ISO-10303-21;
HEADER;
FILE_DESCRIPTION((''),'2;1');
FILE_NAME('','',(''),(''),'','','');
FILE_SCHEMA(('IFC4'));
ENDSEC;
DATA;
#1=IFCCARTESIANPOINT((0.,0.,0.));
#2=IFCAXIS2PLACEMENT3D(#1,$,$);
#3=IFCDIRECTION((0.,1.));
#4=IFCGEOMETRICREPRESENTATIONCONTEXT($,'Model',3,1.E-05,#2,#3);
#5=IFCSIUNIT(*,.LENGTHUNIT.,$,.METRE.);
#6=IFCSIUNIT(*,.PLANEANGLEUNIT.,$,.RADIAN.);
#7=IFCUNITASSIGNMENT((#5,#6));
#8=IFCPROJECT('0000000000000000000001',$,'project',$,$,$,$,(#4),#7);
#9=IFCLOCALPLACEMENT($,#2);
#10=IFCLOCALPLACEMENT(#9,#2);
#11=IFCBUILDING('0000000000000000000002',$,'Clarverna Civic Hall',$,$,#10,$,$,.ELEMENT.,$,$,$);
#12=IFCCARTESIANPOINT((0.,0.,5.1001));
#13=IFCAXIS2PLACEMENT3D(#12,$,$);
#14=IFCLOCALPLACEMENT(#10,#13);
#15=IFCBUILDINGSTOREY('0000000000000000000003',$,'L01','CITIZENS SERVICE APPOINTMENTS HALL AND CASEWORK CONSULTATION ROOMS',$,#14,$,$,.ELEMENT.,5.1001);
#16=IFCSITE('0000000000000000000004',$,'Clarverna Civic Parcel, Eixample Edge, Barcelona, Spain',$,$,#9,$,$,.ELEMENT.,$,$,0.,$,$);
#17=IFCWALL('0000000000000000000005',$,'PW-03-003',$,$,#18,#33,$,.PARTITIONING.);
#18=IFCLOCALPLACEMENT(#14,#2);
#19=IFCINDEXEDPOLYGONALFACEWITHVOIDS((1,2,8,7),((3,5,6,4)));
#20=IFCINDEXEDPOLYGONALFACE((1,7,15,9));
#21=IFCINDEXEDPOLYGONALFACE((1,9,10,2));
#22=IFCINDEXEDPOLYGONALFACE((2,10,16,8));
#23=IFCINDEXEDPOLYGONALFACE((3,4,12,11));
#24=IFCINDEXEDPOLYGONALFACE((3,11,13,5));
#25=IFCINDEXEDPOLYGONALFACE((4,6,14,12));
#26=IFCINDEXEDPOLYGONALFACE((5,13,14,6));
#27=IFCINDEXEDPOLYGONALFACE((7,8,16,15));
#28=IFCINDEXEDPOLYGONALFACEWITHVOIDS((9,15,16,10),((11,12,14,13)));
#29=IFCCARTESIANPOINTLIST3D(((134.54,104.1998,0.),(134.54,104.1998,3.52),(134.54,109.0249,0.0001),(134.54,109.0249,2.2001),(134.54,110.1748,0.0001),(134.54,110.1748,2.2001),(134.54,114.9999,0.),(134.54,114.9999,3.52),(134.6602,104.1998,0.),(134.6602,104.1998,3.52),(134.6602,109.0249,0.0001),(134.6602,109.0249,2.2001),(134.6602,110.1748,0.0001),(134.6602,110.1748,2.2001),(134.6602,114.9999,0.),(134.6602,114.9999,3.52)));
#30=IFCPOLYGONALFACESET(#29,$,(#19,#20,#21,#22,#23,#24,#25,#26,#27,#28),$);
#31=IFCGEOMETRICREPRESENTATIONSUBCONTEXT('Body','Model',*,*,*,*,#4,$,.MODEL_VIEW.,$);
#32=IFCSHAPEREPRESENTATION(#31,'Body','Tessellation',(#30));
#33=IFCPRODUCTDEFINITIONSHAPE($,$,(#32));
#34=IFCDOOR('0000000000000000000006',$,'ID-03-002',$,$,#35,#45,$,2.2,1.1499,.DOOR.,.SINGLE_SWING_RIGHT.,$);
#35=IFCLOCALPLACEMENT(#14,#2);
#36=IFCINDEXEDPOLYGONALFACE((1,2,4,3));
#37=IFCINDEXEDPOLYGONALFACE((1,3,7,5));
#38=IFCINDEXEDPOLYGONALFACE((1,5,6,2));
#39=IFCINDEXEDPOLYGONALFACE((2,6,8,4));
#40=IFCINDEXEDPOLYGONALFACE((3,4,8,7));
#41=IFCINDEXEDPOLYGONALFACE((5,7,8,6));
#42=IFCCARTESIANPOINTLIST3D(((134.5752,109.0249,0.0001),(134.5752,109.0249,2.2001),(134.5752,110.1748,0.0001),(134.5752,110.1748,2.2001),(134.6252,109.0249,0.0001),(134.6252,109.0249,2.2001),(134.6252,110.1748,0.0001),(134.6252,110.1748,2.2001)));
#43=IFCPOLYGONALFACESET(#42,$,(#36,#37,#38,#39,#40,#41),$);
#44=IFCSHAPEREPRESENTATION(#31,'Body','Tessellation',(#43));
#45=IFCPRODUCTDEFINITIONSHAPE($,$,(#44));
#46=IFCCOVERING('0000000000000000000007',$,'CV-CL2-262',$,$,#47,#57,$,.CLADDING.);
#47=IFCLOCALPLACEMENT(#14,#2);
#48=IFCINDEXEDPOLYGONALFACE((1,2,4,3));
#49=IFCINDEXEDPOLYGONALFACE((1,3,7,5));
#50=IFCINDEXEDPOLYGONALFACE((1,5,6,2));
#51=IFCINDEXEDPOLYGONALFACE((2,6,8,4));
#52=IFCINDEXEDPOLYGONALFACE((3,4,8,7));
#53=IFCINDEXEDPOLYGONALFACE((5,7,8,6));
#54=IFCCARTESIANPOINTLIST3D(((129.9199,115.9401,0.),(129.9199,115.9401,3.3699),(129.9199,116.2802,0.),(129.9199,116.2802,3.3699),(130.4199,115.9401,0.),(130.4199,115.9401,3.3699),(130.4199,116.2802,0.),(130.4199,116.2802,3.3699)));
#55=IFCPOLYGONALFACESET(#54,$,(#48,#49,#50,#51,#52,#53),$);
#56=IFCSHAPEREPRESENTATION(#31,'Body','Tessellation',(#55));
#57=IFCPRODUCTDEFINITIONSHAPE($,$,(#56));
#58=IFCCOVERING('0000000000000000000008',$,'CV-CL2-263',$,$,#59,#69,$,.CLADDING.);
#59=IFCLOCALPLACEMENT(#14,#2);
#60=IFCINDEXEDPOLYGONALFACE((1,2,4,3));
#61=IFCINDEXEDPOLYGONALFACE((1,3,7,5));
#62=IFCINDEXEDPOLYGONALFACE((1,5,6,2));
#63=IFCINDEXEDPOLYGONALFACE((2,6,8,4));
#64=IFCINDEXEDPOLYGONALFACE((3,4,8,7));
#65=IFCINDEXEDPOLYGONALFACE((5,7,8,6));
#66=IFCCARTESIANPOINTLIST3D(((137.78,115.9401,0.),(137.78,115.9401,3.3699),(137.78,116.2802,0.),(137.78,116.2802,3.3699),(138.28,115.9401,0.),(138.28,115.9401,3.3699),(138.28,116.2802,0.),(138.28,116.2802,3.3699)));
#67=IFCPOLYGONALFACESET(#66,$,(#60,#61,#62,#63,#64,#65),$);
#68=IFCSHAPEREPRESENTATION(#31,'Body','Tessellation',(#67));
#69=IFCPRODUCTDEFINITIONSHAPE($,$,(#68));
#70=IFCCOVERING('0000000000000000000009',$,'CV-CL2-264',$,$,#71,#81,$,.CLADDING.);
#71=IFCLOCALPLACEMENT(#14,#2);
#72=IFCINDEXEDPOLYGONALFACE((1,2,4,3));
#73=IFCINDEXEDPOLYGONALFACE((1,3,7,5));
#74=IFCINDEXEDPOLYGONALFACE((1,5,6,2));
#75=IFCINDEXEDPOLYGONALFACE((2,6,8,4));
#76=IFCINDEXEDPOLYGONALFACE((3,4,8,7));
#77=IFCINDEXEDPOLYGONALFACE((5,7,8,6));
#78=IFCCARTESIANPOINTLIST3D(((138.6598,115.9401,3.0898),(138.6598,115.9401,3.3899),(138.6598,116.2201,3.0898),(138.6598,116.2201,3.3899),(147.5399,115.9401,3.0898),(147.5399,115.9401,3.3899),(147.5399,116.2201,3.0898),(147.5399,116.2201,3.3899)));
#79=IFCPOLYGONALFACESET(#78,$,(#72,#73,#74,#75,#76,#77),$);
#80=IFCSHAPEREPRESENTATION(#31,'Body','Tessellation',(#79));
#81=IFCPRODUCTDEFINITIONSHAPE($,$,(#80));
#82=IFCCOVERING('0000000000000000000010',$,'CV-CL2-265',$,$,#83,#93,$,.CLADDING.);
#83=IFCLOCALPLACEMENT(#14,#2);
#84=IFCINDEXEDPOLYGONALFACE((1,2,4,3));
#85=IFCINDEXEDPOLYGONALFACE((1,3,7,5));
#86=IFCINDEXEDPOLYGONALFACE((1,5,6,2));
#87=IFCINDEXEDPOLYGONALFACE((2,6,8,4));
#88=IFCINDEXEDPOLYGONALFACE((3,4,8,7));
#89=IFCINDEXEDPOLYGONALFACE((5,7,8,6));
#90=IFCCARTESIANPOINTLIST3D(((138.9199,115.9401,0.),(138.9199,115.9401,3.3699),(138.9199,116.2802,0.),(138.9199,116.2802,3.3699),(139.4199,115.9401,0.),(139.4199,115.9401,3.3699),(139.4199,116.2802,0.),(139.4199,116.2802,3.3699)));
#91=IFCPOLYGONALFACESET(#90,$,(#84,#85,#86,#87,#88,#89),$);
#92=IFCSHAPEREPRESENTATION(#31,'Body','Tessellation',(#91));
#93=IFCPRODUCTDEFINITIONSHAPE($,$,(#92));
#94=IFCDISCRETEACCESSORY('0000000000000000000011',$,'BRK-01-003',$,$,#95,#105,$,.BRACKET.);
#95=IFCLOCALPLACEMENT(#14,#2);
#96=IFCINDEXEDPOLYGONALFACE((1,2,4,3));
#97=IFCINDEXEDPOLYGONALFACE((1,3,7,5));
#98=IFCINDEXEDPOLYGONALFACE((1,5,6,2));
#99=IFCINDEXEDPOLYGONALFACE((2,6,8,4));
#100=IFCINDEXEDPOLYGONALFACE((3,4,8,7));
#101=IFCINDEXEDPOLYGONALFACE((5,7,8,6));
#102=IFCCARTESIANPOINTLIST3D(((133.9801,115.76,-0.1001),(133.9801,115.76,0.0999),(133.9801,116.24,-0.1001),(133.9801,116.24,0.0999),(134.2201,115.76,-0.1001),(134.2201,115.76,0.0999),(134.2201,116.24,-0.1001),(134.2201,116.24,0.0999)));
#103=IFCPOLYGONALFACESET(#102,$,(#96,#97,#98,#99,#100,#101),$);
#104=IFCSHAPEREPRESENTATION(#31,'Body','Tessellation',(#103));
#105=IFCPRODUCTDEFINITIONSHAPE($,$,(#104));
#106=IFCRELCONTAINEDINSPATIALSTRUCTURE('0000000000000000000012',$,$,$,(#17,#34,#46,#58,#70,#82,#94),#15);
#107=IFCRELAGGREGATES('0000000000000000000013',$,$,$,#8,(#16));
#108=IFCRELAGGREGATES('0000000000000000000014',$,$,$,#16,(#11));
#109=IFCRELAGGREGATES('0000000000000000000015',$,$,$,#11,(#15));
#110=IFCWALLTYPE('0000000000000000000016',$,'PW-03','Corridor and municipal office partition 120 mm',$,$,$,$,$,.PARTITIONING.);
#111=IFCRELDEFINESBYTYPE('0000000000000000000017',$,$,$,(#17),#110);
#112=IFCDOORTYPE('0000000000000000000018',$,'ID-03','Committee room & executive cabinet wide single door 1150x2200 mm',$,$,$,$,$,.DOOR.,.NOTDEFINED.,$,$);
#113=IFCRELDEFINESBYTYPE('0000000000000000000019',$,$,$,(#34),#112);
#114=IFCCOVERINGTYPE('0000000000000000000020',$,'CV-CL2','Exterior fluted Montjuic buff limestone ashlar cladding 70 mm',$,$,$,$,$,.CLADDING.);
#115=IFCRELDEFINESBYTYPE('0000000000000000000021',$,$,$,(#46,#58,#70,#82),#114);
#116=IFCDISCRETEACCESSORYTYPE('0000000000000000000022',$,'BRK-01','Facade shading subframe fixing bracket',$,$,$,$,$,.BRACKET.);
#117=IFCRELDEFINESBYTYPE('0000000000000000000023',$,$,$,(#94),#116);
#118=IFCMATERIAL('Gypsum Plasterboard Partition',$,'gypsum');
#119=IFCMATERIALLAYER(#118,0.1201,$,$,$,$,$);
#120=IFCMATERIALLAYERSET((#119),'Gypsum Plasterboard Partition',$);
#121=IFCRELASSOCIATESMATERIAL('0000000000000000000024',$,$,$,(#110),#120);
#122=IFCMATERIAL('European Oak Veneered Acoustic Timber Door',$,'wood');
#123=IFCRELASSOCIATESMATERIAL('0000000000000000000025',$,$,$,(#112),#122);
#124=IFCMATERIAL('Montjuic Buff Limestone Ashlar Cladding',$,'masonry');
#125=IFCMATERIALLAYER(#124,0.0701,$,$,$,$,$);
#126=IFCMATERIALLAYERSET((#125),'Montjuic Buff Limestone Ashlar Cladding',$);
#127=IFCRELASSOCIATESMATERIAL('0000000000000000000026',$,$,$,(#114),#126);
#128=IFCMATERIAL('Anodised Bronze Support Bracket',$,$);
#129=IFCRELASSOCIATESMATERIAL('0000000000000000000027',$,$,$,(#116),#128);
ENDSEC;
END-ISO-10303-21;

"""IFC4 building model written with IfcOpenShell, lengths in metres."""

from ifc_helpers import new_model, si_unit, direction, frame, frame_2d, origin, origin_2d, place, context, subcontext, project, spatial, rectangle, extrude, material, layer, layer_set, type_object, element, fill, save


model = new_model("IFC4")

# Units and contexts
model_context = context("Model", 3, precision=1e-05, world=origin(), true_north=direction((0.0, 1.0)))
body_context = subcontext(model_context, "Body", "Model", "MODEL_VIEW")
ifc_project = project(units=[si_unit("LENGTHUNIT", "METRE"), si_unit("PLANEANGLEUNIT", "RADIAN")], contexts=[model_context])

# Site, building, storey
site_placement = place(None, origin())
site = spatial("IfcSite", under=ifc_project, at=site_placement, Name="Clarverna Civic Parcel, Eixample Edge, Barcelona, Spain", CompositionType="ELEMENT", RefElevation=0.0)
building_placement = place(site_placement, origin())
building = spatial("IfcBuilding", under=site, at=building_placement, Name="Clarverna Civic Hall", CompositionType="ELEMENT")
storey_placement = place(building_placement, frame((0.0, 0.0, 5.1001)))
storey = spatial("IfcBuildingStorey", under=building, at=storey_placement, Name="L01", Description="CITIZENS SERVICE APPOINTMENTS HALL AND CASEWORK CONSULTATION ROOMS", CompositionType="ELEMENT", Elevation=5.1001)

# Wall, opening, door
ifc_material_1 = material(Name="European Oak Veneered Acoustic Timber Door", Category="wood")
ifc_material_2 = material(Name="Gypsum Plasterboard Partition", Category="gypsum")
ifc_layer_1 = layer(ifc_material_2, 0.1201)
ifc_layer_set_1 = layer_set([ifc_layer_1], Name="Gypsum Plasterboard Partition")
wall_type_1 = type_object("IfcWallType", Name="PW-03", Description="Corridor and municipal office partition 120 mm", PredefinedType="PARTITIONING", material=ifc_layer_set_1)
wall_1_placement = place(storey_placement, frame((134.6001, 104.2, 0.0), z_axis=(0.0, 0.0, 1.0), x_axis=(0.0, 1.0, 0.0)))
wall_1 = element("IfcWall", 1, at=wall_1_placement, inside=storey, type_object=wall_type_1, Name="PW-03-003", PredefinedType="PARTITIONING", context=body_context, shape_type="SweptSolid", body=[
    extrude(rectangle(XDim=10.8, YDim=0.1201, at=frame_2d((5.3999, 0.0))), origin(), (0.0, 0.0, 1.0), 3.52),
])
opening_1_placement = place(wall_1_placement, frame((4.825, 0.0, 0.0)))
opening_1 = element("IfcOpeningElement", 2, at=opening_1_placement, cuts=wall_1, PredefinedType="OPENING", context=body_context, shape_type="SweptSolid", body=[
    extrude(rectangle(XDim=1.1499, YDim=2.2, at=frame_2d((0.575, 1.1001))), frame((0.0, 0.0701, 0.0), z_axis=(0.0, -1.0, 0.0), x_axis=(1.0, 0.0, 0.0)), (0.0, 0.0, 1.0), 0.1401),
])
door_type_1 = type_object("IfcDoorType", Name="ID-03", Description="Committee room & executive cabinet wide single door 1150x2200 mm", OperationType="NOTDEFINED", PredefinedType="DOOR", material=ifc_material_1)
door_1_placement = place(opening_1_placement, origin())
door_1 = element("IfcDoor", 3, at=door_1_placement, inside=storey, type_object=door_type_1, Name="ID-03-002", OperationType="SINGLE_SWING_RIGHT", OverallHeight=2.2, OverallWidth=1.1499, PredefinedType="DOOR", context=body_context, shape_type="SweptSolid", body=[
    extrude(rectangle(XDim=1.1499, YDim=2.2, at=frame_2d((0.575, 1.1001))), frame((0.0, 0.0249, 0.0), z_axis=(0.0, -1.0, 0.0), x_axis=(1.0, 0.0, 0.0)), (0.0, 0.0, 1.0), 0.05),
])
fill(opening_1, door_1)

# Coverings
ifc_material_3 = material(Name="Montjuic Buff Limestone Ashlar Cladding", Category="masonry")
ifc_layer_2 = layer(ifc_material_3, 0.0701)
ifc_layer_set_2 = layer_set([ifc_layer_2], Name="Montjuic Buff Limestone Ashlar Cladding")
covering_type = type_object("IfcCoveringType", Name="CV-CL2", Description="Exterior fluted Montjuic buff limestone ashlar cladding 70 mm", PredefinedType="CLADDING", material=ifc_layer_set_2)
for number, where, z_axis, x_axis, name in (
    (4, (129.9199, 116.1101, 0.0), (0.0, 0.0, 1.0), (1.0, 0.0, 0.0), "CV-CL2-262"),
    (5, (137.78, 116.1101, 0.0), (0.0, 0.0, 1.0), (1.0, 0.0, 0.0), "CV-CL2-263"),
):
    element("IfcCovering", number, at=place(storey_placement, frame(where, z_axis=z_axis, x_axis=x_axis)), inside=storey, type_object=covering_type, Name=name, PredefinedType="CLADDING", context=body_context, shape_type="SweptSolid", body=[
        extrude(rectangle(XDim=0.5, YDim=0.3401, at=frame_2d((0.25, 0.0))), origin(), (0.0, 0.0, 1.0), 3.3699),
    ])
covering_1_placement = place(storey_placement, frame((138.6599, 116.0801, 3.0898), z_axis=(0.0, 0.0, 1.0), x_axis=(1.0, 0.0, 0.0)))
element("IfcCovering", 6, at=covering_1_placement, inside=storey, type_object=covering_type, Name="CV-CL2-264", PredefinedType="CLADDING", context=body_context, shape_type="SweptSolid", body=[
    extrude(rectangle(XDim=8.8801, YDim=0.28, at=frame_2d((4.4399, 0.0))), origin(), (0.0, 0.0, 1.0), 0.3),
])
covering_2_placement = place(storey_placement, frame((138.9199, 116.1101, 0.0), z_axis=(0.0, 0.0, 1.0), x_axis=(1.0, 0.0, 0.0)))
element("IfcCovering", 7, at=covering_2_placement, inside=storey, type_object=covering_type, Name="CV-CL2-265", PredefinedType="CLADDING", context=body_context, shape_type="SweptSolid", body=[
    extrude(rectangle(XDim=0.5, YDim=0.3401, at=frame_2d((0.25, 0.0))), origin(), (0.0, 0.0, 1.0), 3.3699),
])

# Discrete accessory
ifc_material_4 = material(Name="Anodised Bronze Support Bracket")
discrete_accessory_type = type_object("IfcDiscreteAccessoryType", Name="BRK-01", Description="Facade shading subframe fixing bracket", PredefinedType="BRACKET", material=ifc_material_4)
discrete_accessory_placement = place(storey_placement, frame((134.1001, 116.0, -0.1001), z_axis=(0.0, 0.0, 1.0), x_axis=(1.0, 0.0, 0.0)))
element("IfcDiscreteAccessory", 8, at=discrete_accessory_placement, inside=storey, type_object=discrete_accessory_type, Name="BRK-01-003", PredefinedType="BRACKET", context=body_context, shape_type="SweptSolid", body=[
    extrude(rectangle(XDim=0.24, YDim=0.48, at=origin_2d()), origin(), (0.0, 0.0, 1.0), 0.2),
])

save(model, "model.ifc")
